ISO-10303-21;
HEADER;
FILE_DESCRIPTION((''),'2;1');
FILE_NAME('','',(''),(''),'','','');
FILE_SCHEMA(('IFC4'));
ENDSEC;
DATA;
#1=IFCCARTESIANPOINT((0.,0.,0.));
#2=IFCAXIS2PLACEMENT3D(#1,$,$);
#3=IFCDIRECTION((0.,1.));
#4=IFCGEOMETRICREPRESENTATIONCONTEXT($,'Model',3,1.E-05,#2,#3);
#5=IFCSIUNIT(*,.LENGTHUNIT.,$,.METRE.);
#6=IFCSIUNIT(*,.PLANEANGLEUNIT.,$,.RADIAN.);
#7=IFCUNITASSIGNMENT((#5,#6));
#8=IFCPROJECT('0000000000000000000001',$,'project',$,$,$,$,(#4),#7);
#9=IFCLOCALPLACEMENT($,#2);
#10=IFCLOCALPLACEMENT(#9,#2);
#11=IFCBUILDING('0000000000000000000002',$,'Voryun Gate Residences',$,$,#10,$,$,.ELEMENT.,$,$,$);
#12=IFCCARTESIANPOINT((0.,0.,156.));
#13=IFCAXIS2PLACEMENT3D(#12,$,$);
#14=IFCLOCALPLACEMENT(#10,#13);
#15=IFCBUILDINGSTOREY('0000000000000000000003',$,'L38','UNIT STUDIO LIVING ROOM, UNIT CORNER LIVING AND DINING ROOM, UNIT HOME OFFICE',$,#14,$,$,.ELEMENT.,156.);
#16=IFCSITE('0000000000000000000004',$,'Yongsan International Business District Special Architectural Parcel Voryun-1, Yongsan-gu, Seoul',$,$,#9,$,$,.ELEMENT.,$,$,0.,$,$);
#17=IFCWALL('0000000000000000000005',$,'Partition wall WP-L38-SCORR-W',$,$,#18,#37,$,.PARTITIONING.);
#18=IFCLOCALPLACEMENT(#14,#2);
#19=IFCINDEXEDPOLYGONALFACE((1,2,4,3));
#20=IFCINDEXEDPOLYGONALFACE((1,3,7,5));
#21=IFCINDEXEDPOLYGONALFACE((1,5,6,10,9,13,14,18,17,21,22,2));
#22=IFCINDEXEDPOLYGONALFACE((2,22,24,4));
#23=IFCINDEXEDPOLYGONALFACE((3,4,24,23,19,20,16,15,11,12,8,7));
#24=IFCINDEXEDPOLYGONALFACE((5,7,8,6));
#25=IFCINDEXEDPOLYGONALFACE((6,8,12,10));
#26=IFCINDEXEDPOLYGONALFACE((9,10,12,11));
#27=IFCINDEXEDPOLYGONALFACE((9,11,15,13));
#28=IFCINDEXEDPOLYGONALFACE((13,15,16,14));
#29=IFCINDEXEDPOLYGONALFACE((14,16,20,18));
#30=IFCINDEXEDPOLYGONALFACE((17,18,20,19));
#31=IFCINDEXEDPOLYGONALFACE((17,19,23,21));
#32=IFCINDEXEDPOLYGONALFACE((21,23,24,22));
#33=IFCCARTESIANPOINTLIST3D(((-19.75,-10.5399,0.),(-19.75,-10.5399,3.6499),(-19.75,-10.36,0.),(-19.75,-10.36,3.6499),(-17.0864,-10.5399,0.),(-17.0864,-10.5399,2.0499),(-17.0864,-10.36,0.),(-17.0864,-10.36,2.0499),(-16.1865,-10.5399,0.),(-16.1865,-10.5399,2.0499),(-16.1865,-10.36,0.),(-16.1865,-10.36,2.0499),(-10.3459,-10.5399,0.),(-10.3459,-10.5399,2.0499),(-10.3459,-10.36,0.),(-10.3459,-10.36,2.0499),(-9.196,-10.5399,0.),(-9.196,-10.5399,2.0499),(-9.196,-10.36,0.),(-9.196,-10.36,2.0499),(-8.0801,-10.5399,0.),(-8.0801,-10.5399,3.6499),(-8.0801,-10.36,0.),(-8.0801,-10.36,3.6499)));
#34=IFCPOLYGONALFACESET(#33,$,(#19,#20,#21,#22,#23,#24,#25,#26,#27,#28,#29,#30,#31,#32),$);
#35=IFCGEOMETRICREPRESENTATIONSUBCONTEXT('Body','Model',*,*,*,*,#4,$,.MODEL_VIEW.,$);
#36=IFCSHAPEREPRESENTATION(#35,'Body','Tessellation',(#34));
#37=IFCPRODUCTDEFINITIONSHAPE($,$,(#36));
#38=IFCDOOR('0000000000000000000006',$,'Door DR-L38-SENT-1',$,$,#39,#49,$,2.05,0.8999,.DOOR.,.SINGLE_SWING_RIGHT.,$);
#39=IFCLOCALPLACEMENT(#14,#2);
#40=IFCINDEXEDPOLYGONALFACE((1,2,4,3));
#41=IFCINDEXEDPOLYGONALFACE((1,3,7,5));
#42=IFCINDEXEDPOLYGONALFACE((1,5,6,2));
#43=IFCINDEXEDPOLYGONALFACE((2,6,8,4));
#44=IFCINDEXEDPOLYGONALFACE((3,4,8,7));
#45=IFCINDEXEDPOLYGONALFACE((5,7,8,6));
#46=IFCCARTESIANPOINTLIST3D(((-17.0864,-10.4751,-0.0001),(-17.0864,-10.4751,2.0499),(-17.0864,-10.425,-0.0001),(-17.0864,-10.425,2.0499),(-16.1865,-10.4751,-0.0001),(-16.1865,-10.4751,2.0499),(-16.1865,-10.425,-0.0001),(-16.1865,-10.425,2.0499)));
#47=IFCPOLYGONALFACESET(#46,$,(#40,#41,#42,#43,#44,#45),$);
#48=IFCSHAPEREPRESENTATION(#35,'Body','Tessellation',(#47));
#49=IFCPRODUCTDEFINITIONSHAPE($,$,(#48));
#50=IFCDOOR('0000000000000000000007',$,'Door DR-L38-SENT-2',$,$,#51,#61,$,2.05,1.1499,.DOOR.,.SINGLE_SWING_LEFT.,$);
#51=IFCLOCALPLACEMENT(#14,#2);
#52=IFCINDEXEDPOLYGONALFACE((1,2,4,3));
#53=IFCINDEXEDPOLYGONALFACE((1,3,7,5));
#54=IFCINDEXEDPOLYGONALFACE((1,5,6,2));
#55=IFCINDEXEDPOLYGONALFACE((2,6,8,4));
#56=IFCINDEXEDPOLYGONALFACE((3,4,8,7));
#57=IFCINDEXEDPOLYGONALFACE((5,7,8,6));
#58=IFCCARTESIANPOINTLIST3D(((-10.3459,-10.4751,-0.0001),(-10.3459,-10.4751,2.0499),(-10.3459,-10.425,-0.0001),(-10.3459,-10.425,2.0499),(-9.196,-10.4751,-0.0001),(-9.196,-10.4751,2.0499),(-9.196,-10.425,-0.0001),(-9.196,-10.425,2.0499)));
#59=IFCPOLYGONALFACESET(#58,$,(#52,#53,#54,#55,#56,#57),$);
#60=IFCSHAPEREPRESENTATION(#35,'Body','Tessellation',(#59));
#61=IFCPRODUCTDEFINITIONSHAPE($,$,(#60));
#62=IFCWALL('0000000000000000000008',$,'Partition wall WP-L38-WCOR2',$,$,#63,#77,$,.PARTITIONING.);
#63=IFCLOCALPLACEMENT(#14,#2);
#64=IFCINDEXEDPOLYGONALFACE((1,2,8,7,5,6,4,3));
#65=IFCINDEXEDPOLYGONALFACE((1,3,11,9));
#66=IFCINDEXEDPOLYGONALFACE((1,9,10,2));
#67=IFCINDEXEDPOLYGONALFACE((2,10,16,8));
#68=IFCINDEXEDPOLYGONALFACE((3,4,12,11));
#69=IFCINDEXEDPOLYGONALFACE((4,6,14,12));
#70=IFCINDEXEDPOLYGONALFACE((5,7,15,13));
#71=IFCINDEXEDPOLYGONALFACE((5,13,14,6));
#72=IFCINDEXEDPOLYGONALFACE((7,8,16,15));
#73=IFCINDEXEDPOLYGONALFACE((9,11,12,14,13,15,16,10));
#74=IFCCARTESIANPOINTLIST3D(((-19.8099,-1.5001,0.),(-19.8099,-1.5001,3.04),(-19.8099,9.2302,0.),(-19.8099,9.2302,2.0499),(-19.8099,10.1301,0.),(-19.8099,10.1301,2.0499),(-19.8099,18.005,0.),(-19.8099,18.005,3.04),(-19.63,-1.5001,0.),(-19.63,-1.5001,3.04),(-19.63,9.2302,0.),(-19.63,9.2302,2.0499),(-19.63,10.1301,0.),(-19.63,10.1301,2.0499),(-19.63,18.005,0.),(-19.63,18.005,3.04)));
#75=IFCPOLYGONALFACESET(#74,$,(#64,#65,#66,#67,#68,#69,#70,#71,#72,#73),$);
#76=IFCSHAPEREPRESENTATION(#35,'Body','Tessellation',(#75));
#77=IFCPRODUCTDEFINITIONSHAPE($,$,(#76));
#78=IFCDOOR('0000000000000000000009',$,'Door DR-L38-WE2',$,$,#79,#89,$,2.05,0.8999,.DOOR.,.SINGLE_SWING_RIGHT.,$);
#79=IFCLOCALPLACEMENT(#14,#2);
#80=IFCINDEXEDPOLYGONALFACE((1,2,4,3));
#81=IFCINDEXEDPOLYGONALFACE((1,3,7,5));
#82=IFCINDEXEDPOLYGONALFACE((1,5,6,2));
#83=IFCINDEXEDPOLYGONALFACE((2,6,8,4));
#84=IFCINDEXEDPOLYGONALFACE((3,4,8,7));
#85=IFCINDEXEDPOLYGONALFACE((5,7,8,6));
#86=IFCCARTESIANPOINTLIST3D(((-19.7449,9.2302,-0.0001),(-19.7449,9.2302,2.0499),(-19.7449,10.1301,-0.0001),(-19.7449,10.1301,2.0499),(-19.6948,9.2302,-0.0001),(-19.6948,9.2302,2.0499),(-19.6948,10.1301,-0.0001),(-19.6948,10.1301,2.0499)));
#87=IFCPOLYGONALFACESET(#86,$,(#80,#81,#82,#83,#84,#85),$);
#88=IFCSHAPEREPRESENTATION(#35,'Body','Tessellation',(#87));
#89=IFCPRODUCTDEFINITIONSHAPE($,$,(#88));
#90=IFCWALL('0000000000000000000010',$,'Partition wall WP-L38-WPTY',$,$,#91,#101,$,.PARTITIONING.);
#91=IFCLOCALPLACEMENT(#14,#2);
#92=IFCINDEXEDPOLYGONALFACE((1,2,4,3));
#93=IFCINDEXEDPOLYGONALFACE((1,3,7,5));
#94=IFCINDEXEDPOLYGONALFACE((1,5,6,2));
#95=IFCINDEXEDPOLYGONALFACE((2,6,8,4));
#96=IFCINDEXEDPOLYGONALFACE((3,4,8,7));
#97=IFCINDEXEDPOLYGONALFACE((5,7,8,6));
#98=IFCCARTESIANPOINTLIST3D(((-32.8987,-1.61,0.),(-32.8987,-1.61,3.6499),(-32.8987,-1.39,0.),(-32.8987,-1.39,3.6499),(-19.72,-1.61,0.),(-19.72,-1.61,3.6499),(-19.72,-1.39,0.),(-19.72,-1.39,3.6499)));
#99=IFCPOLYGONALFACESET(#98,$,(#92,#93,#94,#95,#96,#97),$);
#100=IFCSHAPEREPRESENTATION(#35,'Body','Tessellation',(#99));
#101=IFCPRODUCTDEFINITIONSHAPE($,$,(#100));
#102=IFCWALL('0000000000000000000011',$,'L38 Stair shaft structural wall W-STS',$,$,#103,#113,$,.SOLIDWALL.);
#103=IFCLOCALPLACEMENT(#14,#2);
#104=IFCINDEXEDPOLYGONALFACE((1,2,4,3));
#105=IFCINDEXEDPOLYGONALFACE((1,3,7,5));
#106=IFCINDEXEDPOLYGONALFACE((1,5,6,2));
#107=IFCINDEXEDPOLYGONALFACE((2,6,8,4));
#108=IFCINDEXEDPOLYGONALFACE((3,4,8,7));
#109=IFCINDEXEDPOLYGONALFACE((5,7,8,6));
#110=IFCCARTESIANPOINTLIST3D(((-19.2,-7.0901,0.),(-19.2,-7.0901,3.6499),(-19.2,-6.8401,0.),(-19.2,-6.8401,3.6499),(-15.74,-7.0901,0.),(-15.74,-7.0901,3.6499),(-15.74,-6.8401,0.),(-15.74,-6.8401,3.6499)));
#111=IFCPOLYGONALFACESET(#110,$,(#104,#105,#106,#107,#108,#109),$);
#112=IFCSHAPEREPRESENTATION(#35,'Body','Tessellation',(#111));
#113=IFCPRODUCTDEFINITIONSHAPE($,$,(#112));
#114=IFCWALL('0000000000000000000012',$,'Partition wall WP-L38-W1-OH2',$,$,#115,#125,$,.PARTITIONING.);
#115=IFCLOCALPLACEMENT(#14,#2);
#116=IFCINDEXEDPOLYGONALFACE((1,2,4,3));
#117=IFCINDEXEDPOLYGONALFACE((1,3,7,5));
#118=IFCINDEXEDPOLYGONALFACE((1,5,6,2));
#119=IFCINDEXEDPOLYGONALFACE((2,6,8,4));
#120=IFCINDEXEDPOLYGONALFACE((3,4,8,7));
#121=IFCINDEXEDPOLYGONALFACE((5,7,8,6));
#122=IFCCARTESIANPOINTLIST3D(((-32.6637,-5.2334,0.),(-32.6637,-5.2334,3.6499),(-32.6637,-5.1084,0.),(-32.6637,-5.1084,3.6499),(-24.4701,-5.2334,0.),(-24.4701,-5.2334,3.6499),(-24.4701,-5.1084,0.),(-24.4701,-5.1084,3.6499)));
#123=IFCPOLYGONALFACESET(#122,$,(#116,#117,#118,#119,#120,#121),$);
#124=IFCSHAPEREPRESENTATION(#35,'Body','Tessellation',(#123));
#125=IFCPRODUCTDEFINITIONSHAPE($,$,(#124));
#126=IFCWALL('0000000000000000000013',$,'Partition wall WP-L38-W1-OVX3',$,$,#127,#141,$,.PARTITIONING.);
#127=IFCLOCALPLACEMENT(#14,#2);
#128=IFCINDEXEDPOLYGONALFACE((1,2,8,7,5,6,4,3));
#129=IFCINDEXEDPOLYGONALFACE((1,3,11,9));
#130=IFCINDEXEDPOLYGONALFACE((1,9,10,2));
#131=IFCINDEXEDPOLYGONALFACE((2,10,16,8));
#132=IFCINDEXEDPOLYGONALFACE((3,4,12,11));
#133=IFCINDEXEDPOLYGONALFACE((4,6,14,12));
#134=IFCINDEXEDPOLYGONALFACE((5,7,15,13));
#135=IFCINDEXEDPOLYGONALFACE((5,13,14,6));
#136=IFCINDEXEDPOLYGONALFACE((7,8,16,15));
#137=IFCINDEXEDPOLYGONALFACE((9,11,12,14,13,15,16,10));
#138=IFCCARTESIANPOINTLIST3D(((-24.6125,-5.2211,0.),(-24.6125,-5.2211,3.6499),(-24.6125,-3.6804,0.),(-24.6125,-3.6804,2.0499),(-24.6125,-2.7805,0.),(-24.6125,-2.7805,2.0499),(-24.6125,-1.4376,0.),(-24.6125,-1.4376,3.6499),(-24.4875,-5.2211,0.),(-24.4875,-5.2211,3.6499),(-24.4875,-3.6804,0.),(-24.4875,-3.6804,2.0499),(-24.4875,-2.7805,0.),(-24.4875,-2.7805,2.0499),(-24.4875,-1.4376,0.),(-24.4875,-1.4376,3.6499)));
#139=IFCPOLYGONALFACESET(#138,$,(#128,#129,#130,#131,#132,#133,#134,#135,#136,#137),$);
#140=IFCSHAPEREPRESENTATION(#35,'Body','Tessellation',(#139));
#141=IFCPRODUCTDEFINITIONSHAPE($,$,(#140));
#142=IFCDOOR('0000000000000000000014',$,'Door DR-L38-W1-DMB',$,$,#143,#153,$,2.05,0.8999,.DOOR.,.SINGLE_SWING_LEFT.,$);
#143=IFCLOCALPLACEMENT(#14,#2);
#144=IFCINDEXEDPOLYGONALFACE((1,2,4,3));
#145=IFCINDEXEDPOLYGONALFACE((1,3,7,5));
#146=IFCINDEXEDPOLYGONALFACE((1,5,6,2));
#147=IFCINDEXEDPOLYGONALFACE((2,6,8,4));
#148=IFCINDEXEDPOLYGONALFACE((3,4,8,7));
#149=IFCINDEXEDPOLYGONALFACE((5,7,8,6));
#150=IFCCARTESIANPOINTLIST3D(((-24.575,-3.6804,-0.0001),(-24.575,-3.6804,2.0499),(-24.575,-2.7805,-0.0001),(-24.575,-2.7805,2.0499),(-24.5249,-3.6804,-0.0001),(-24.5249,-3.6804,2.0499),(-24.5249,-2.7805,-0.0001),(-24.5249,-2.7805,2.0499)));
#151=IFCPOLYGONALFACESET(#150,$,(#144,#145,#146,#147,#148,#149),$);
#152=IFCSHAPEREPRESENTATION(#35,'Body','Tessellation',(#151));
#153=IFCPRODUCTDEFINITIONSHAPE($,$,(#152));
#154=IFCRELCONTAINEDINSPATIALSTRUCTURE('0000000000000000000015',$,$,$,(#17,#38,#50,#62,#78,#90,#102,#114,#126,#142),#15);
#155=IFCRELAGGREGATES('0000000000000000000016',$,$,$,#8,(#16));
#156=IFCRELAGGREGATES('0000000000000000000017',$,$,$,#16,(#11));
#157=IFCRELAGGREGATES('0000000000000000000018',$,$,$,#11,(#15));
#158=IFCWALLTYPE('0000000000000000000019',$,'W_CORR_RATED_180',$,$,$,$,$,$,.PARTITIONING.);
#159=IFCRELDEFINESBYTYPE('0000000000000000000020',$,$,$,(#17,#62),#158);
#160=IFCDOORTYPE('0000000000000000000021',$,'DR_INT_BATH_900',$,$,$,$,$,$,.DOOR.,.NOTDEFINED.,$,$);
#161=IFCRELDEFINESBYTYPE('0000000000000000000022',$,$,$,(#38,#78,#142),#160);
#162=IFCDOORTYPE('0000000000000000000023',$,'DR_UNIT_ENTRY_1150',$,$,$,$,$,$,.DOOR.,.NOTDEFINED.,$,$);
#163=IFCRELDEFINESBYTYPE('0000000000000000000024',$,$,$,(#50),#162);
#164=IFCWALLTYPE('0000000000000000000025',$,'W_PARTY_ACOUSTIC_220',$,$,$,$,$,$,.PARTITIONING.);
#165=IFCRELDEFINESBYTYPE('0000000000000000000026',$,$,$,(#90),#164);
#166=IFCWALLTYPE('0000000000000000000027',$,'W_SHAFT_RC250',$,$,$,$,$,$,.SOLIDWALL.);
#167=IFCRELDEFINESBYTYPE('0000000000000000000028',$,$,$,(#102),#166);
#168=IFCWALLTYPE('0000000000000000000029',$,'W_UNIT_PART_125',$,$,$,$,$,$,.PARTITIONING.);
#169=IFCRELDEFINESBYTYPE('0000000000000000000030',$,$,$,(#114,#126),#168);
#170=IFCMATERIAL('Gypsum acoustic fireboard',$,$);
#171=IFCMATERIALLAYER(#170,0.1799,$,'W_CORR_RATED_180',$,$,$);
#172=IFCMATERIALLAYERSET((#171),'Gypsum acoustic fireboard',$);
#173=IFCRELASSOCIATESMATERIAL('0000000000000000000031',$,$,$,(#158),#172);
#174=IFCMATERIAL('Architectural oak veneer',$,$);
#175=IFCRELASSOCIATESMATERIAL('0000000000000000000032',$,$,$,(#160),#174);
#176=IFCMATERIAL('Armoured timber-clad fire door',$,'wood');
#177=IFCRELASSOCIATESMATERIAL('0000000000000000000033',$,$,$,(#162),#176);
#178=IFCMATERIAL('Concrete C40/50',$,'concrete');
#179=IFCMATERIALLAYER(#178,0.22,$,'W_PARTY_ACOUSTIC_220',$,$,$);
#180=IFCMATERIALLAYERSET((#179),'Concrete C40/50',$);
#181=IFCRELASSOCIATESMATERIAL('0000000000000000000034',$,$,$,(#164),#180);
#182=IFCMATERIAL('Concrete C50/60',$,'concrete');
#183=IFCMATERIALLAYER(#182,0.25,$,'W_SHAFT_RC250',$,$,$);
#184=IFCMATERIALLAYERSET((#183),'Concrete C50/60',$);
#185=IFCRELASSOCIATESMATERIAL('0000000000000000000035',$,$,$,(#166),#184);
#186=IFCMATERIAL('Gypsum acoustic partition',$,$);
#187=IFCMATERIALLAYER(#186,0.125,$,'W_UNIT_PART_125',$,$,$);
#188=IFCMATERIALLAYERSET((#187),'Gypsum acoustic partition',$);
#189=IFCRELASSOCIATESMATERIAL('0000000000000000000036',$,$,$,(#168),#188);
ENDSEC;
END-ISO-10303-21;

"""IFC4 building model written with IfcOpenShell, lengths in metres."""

from ifc_helpers import new_model, si_unit, direction, frame, frame_2d, origin, place, context, subcontext, project, spatial, rectangle, extrude, material, layer, layer_set, type_object, element, fill, save


model = new_model("IFC4")

# Units and contexts
model_context = context("Model", 3, precision=1e-05, world=origin(), true_north=direction((0.0, 1.0)))
body_context = subcontext(model_context, "Body", "Model", "MODEL_VIEW")
ifc_project = project(units=[si_unit("LENGTHUNIT", "METRE"), si_unit("PLANEANGLEUNIT", "RADIAN")], contexts=[model_context])

# Site, building, storey
site_placement = place(None, origin())
site = spatial("IfcSite", under=ifc_project, at=site_placement, Name="Yongsan International Business District Special Architectural Parcel Voryun-1, Yongsan-gu, Seoul", CompositionType="ELEMENT", RefElevation=0.0)
building_placement = place(site_placement, origin())
building = spatial("IfcBuilding", under=site, at=building_placement, Name="Voryun Gate Residences", CompositionType="ELEMENT")
storey_placement = place(building_placement, frame((0.0, 0.0, 156.0)))
storey = spatial("IfcBuildingStorey", under=building, at=storey_placement, Name="L38", Description="UNIT STUDIO LIVING ROOM, UNIT CORNER LIVING AND DINING ROOM, UNIT HOME OFFICE", CompositionType="ELEMENT", Elevation=156.0)

# Wall, openings, doors
ifc_material_1 = material(Name="Gypsum acoustic fireboard")
ifc_layer_1 = layer(ifc_material_1, 0.1799, Name="W_CORR_RATED_180")
ifc_layer_set_1 = layer_set([ifc_layer_1], Name="Gypsum acoustic fireboard")
wall_type_1 = type_object("IfcWallType", Name="W_CORR_RATED_180", PredefinedType="PARTITIONING", material=ifc_layer_set_1)
wall_1_placement = place(storey_placement, frame((-19.75, -10.45, 0.0), z_axis=(0.0, 0.0, 1.0), x_axis=(1.0, 0.0, 0.0)))
wall_1 = element("IfcWall", 1, at=wall_1_placement, inside=storey, type_object=wall_type_1, Name="Partition wall WP-L38-SCORR-W", PredefinedType="PARTITIONING", context=body_context, shape_type="SweptSolid", body=[
    extrude(rectangle(XDim=11.6699, YDim=0.1799, at=frame_2d((5.835, 0.0))), origin(), (0.0, 0.0, 1.0), 3.6499),
])
opening_1_placement = place(wall_1_placement, frame((2.6636, 0.0, 0.0)))
opening_1 = element("IfcOpeningElement", 2, at=opening_1_placement, cuts=wall_1, PredefinedType="OPENING", context=body_context, shape_type="SweptSolid", body=[
    extrude(rectangle(XDim=0.8999, YDim=2.05, at=frame_2d((0.45, 1.0249))), frame((0.0, 0.0999, 0.0), z_axis=(0.0, -1.0, 0.0), x_axis=(1.0, 0.0, 0.0)), (0.0, 0.0, 1.0), 0.2),
])
opening_2_placement = place(wall_1_placement, frame((9.4041, 0.0, 0.0)))
opening_2 = element("IfcOpeningElement", 3, at=opening_2_placement, cuts=wall_1, PredefinedType="OPENING", context=body_context, shape_type="SweptSolid", body=[
    extrude(rectangle(XDim=1.1499, YDim=2.05, at=frame_2d((0.575, 1.0249))), frame((0.0, 0.0999, 0.0), z_axis=(0.0, -1.0, 0.0), x_axis=(1.0, 0.0, 0.0)), (0.0, 0.0, 1.0), 0.2),
])
ifc_material_2 = material(Name="Architectural oak veneer")
door_type_1 = type_object("IfcDoorType", Name="DR_INT_BATH_900", OperationType="NOTDEFINED", PredefinedType="DOOR", material=ifc_material_2)
door_1_placement = place(opening_1_placement, origin())
door_1 = element("IfcDoor", 4, at=door_1_placement, inside=storey, type_object=door_type_1, Name="Door DR-L38-SENT-1", OperationType="SINGLE_SWING_RIGHT", OverallHeight=2.05, OverallWidth=0.8999, PredefinedType="DOOR", context=body_context, shape_type="SweptSolid", body=[
    extrude(rectangle(XDim=0.8999, YDim=2.05, at=frame_2d((0.45, 1.0249))), frame((0.0, 0.0249, 0.0), z_axis=(0.0, -1.0, 0.0), x_axis=(1.0, 0.0, 0.0)), (0.0, 0.0, 1.0), 0.05),
])
fill(opening_1, door_1)
ifc_material_3 = material(Name="Armoured timber-clad fire door", Category="wood")
door_type_2 = type_object("IfcDoorType", Name="DR_UNIT_ENTRY_1150", OperationType="NOTDEFINED", PredefinedType="DOOR", material=ifc_material_3)
door_2_placement = place(opening_2_placement, origin())
door_2 = element("IfcDoor", 5, at=door_2_placement, inside=storey, type_object=door_type_2, Name="Door DR-L38-SENT-2", OperationType="SINGLE_SWING_LEFT", OverallHeight=2.05, OverallWidth=1.1499, PredefinedType="DOOR", context=body_context, shape_type="SweptSolid", body=[
    extrude(rectangle(XDim=1.1499, YDim=2.05, at=frame_2d((0.575, 1.0249))), frame((0.0, 0.0249, 0.0), z_axis=(0.0, -1.0, 0.0), x_axis=(1.0, 0.0, 0.0)), (0.0, 0.0, 1.0), 0.05),
])
fill(opening_2, door_2)

# Wall, opening, door
wall_2_placement = place(storey_placement, frame((-19.72, -1.5, 0.0), z_axis=(0.0, 0.0, 1.0), x_axis=(0.0, 1.0, 0.0)))
wall_2 = element("IfcWall", 6, at=wall_2_placement, inside=storey, type_object=wall_type_1, Name="Partition wall WP-L38-WCOR2", PredefinedType="PARTITIONING", context=body_context, shape_type="SweptSolid", body=[
    extrude(rectangle(XDim=19.5051, YDim=0.1799, at=frame_2d((9.7524, 0.0))), origin(), (0.0, 0.0, 1.0), 3.04),
])
opening_3_placement = place(wall_2_placement, frame((10.7302, 0.0, 0.0)))
opening_3 = element("IfcOpeningElement", 7, at=opening_3_placement, cuts=wall_2, PredefinedType="OPENING", context=body_context, shape_type="SweptSolid", body=[
    extrude(rectangle(XDim=0.8999, YDim=2.05, at=frame_2d((0.45, 1.0249))), frame((0.0, 0.0999, 0.0), z_axis=(0.0, -1.0, 0.0), x_axis=(1.0, 0.0, 0.0)), (0.0, 0.0, 1.0), 0.2),
])
door_3_placement = place(opening_3_placement, origin())
door_3 = element("IfcDoor", 8, at=door_3_placement, inside=storey, type_object=door_type_1, Name="Door DR-L38-WE2", OperationType="SINGLE_SWING_RIGHT", OverallHeight=2.05, OverallWidth=0.8999, PredefinedType="DOOR", context=body_context, shape_type="SweptSolid", body=[
    extrude(rectangle(XDim=0.8999, YDim=2.05, at=frame_2d((0.45, 1.0249))), frame((0.0, 0.0249, 0.0), z_axis=(0.0, -1.0, 0.0), x_axis=(1.0, 0.0, 0.0)), (0.0, 0.0, 1.0), 0.05),
])
fill(opening_3, door_3)

# Walls
ifc_material_4 = material(Name="Concrete C40/50", Category="concrete")
ifc_layer_2 = layer(ifc_material_4, 0.22, Name="W_PARTY_ACOUSTIC_220")
ifc_layer_set_2 = layer_set([ifc_layer_2], Name="Concrete C40/50")
wall_type_2 = type_object("IfcWallType", Name="W_PARTY_ACOUSTIC_220", PredefinedType="PARTITIONING", material=ifc_layer_set_2)
wall_3_placement = place(storey_placement, frame((-19.72, -1.5, 0.0), z_axis=(0.0, 0.0, 1.0), x_axis=(-1.0, 0.0, 0.0)))
element("IfcWall", 9, at=wall_3_placement, inside=storey, type_object=wall_type_2, Name="Partition wall WP-L38-WPTY", PredefinedType="PARTITIONING", context=body_context, shape_type="SweptSolid", body=[
    extrude(rectangle(XDim=13.1787, YDim=0.22, at=frame_2d((6.5894, 0.0))), origin(), (0.0, 0.0, 1.0), 3.6499),
])
ifc_material_5 = material(Name="Concrete C50/60", Category="concrete")
ifc_layer_3 = layer(ifc_material_5, 0.25, Name="W_SHAFT_RC250")
ifc_layer_set_3 = layer_set([ifc_layer_3], Name="Concrete C50/60")
wall_type_3 = type_object("IfcWallType", Name="W_SHAFT_RC250", PredefinedType="SOLIDWALL", material=ifc_layer_set_3)
wall_4_placement = place(storey_placement, frame((-19.2, -6.9651, 0.0), z_axis=(0.0, 0.0, 1.0), x_axis=(1.0, 0.0, 0.0)))
element("IfcWall", 10, at=wall_4_placement, inside=storey, type_object=wall_type_3, Name="L38 Stair shaft structural wall W-STS", PredefinedType="SOLIDWALL", context=body_context, shape_type="SweptSolid", body=[
    extrude(rectangle(XDim=3.46, YDim=0.25, at=frame_2d((1.73, 0.0))), origin(), (0.0, 0.0, 1.0), 3.6499),
])
ifc_material_6 = material(Name="Gypsum acoustic partition")
ifc_layer_4 = layer(ifc_material_6, 0.125, Name="W_UNIT_PART_125")
ifc_layer_set_4 = layer_set([ifc_layer_4], Name="Gypsum acoustic partition")
wall_type_4 = type_object("IfcWallType", Name="W_UNIT_PART_125", PredefinedType="PARTITIONING", material=ifc_layer_set_4)
wall_5_placement = place(storey_placement, frame((-32.6636, -5.1709, 0.0), z_axis=(0.0, 0.0, 1.0), x_axis=(1.0, 0.0, 0.0)))
element("IfcWall", 11, at=wall_5_placement, inside=storey, type_object=wall_type_4, Name="Partition wall WP-L38-W1-OH2", PredefinedType="PARTITIONING", context=body_context, shape_type="SweptSolid", body=[
    extrude(rectangle(XDim=8.1936, YDim=0.125, at=frame_2d((4.0967, 0.0))), origin(), (0.0, 0.0, 1.0), 3.6499),
])

# Wall, opening, door
wall_6_placement = place(storey_placement, frame((-24.55, -5.2209, 0.0), z_axis=(0.0, 0.0, 1.0), x_axis=(0.0, 1.0, 0.0)))
wall_6 = element("IfcWall", 12, at=wall_6_placement, inside=storey, type_object=wall_type_4, Name="Partition wall WP-L38-W1-OVX3", PredefinedType="PARTITIONING", context=body_context, shape_type="SweptSolid", body=[
    extrude(rectangle(XDim=3.7834, YDim=0.125, at=frame_2d((1.8916, 0.0))), origin(), (0.0, 0.0, 1.0), 3.6499),
])
opening_4_placement = place(wall_6_placement, frame((1.5405, 0.0, 0.0)))
opening_4 = element("IfcOpeningElement", 13, at=opening_4_placement, cuts=wall_6, PredefinedType="OPENING", context=body_context, shape_type="SweptSolid", body=[
    extrude(rectangle(XDim=0.8999, YDim=2.05, at=frame_2d((0.45, 1.0249))), frame((0.0, 0.0725, 0.0), z_axis=(0.0, -1.0, 0.0), x_axis=(1.0, 0.0, 0.0)), (0.0, 0.0, 1.0), 0.145),
])
door_4_placement = place(opening_4_placement, origin())
door_4 = element("IfcDoor", 14, at=door_4_placement, inside=storey, type_object=door_type_1, Name="Door DR-L38-W1-DMB", OperationType="SINGLE_SWING_LEFT", OverallHeight=2.05, OverallWidth=0.8999, PredefinedType="DOOR", context=body_context, shape_type="SweptSolid", body=[
    extrude(rectangle(XDim=0.8999, YDim=2.05, at=frame_2d((0.45, 1.0249))), frame((0.0, 0.0249, 0.0), z_axis=(0.0, -1.0, 0.0), x_axis=(1.0, 0.0, 0.0)), (0.0, 0.0, 1.0), 0.05),
])
fill(opening_4, door_4)

save(model, "model.ifc")
